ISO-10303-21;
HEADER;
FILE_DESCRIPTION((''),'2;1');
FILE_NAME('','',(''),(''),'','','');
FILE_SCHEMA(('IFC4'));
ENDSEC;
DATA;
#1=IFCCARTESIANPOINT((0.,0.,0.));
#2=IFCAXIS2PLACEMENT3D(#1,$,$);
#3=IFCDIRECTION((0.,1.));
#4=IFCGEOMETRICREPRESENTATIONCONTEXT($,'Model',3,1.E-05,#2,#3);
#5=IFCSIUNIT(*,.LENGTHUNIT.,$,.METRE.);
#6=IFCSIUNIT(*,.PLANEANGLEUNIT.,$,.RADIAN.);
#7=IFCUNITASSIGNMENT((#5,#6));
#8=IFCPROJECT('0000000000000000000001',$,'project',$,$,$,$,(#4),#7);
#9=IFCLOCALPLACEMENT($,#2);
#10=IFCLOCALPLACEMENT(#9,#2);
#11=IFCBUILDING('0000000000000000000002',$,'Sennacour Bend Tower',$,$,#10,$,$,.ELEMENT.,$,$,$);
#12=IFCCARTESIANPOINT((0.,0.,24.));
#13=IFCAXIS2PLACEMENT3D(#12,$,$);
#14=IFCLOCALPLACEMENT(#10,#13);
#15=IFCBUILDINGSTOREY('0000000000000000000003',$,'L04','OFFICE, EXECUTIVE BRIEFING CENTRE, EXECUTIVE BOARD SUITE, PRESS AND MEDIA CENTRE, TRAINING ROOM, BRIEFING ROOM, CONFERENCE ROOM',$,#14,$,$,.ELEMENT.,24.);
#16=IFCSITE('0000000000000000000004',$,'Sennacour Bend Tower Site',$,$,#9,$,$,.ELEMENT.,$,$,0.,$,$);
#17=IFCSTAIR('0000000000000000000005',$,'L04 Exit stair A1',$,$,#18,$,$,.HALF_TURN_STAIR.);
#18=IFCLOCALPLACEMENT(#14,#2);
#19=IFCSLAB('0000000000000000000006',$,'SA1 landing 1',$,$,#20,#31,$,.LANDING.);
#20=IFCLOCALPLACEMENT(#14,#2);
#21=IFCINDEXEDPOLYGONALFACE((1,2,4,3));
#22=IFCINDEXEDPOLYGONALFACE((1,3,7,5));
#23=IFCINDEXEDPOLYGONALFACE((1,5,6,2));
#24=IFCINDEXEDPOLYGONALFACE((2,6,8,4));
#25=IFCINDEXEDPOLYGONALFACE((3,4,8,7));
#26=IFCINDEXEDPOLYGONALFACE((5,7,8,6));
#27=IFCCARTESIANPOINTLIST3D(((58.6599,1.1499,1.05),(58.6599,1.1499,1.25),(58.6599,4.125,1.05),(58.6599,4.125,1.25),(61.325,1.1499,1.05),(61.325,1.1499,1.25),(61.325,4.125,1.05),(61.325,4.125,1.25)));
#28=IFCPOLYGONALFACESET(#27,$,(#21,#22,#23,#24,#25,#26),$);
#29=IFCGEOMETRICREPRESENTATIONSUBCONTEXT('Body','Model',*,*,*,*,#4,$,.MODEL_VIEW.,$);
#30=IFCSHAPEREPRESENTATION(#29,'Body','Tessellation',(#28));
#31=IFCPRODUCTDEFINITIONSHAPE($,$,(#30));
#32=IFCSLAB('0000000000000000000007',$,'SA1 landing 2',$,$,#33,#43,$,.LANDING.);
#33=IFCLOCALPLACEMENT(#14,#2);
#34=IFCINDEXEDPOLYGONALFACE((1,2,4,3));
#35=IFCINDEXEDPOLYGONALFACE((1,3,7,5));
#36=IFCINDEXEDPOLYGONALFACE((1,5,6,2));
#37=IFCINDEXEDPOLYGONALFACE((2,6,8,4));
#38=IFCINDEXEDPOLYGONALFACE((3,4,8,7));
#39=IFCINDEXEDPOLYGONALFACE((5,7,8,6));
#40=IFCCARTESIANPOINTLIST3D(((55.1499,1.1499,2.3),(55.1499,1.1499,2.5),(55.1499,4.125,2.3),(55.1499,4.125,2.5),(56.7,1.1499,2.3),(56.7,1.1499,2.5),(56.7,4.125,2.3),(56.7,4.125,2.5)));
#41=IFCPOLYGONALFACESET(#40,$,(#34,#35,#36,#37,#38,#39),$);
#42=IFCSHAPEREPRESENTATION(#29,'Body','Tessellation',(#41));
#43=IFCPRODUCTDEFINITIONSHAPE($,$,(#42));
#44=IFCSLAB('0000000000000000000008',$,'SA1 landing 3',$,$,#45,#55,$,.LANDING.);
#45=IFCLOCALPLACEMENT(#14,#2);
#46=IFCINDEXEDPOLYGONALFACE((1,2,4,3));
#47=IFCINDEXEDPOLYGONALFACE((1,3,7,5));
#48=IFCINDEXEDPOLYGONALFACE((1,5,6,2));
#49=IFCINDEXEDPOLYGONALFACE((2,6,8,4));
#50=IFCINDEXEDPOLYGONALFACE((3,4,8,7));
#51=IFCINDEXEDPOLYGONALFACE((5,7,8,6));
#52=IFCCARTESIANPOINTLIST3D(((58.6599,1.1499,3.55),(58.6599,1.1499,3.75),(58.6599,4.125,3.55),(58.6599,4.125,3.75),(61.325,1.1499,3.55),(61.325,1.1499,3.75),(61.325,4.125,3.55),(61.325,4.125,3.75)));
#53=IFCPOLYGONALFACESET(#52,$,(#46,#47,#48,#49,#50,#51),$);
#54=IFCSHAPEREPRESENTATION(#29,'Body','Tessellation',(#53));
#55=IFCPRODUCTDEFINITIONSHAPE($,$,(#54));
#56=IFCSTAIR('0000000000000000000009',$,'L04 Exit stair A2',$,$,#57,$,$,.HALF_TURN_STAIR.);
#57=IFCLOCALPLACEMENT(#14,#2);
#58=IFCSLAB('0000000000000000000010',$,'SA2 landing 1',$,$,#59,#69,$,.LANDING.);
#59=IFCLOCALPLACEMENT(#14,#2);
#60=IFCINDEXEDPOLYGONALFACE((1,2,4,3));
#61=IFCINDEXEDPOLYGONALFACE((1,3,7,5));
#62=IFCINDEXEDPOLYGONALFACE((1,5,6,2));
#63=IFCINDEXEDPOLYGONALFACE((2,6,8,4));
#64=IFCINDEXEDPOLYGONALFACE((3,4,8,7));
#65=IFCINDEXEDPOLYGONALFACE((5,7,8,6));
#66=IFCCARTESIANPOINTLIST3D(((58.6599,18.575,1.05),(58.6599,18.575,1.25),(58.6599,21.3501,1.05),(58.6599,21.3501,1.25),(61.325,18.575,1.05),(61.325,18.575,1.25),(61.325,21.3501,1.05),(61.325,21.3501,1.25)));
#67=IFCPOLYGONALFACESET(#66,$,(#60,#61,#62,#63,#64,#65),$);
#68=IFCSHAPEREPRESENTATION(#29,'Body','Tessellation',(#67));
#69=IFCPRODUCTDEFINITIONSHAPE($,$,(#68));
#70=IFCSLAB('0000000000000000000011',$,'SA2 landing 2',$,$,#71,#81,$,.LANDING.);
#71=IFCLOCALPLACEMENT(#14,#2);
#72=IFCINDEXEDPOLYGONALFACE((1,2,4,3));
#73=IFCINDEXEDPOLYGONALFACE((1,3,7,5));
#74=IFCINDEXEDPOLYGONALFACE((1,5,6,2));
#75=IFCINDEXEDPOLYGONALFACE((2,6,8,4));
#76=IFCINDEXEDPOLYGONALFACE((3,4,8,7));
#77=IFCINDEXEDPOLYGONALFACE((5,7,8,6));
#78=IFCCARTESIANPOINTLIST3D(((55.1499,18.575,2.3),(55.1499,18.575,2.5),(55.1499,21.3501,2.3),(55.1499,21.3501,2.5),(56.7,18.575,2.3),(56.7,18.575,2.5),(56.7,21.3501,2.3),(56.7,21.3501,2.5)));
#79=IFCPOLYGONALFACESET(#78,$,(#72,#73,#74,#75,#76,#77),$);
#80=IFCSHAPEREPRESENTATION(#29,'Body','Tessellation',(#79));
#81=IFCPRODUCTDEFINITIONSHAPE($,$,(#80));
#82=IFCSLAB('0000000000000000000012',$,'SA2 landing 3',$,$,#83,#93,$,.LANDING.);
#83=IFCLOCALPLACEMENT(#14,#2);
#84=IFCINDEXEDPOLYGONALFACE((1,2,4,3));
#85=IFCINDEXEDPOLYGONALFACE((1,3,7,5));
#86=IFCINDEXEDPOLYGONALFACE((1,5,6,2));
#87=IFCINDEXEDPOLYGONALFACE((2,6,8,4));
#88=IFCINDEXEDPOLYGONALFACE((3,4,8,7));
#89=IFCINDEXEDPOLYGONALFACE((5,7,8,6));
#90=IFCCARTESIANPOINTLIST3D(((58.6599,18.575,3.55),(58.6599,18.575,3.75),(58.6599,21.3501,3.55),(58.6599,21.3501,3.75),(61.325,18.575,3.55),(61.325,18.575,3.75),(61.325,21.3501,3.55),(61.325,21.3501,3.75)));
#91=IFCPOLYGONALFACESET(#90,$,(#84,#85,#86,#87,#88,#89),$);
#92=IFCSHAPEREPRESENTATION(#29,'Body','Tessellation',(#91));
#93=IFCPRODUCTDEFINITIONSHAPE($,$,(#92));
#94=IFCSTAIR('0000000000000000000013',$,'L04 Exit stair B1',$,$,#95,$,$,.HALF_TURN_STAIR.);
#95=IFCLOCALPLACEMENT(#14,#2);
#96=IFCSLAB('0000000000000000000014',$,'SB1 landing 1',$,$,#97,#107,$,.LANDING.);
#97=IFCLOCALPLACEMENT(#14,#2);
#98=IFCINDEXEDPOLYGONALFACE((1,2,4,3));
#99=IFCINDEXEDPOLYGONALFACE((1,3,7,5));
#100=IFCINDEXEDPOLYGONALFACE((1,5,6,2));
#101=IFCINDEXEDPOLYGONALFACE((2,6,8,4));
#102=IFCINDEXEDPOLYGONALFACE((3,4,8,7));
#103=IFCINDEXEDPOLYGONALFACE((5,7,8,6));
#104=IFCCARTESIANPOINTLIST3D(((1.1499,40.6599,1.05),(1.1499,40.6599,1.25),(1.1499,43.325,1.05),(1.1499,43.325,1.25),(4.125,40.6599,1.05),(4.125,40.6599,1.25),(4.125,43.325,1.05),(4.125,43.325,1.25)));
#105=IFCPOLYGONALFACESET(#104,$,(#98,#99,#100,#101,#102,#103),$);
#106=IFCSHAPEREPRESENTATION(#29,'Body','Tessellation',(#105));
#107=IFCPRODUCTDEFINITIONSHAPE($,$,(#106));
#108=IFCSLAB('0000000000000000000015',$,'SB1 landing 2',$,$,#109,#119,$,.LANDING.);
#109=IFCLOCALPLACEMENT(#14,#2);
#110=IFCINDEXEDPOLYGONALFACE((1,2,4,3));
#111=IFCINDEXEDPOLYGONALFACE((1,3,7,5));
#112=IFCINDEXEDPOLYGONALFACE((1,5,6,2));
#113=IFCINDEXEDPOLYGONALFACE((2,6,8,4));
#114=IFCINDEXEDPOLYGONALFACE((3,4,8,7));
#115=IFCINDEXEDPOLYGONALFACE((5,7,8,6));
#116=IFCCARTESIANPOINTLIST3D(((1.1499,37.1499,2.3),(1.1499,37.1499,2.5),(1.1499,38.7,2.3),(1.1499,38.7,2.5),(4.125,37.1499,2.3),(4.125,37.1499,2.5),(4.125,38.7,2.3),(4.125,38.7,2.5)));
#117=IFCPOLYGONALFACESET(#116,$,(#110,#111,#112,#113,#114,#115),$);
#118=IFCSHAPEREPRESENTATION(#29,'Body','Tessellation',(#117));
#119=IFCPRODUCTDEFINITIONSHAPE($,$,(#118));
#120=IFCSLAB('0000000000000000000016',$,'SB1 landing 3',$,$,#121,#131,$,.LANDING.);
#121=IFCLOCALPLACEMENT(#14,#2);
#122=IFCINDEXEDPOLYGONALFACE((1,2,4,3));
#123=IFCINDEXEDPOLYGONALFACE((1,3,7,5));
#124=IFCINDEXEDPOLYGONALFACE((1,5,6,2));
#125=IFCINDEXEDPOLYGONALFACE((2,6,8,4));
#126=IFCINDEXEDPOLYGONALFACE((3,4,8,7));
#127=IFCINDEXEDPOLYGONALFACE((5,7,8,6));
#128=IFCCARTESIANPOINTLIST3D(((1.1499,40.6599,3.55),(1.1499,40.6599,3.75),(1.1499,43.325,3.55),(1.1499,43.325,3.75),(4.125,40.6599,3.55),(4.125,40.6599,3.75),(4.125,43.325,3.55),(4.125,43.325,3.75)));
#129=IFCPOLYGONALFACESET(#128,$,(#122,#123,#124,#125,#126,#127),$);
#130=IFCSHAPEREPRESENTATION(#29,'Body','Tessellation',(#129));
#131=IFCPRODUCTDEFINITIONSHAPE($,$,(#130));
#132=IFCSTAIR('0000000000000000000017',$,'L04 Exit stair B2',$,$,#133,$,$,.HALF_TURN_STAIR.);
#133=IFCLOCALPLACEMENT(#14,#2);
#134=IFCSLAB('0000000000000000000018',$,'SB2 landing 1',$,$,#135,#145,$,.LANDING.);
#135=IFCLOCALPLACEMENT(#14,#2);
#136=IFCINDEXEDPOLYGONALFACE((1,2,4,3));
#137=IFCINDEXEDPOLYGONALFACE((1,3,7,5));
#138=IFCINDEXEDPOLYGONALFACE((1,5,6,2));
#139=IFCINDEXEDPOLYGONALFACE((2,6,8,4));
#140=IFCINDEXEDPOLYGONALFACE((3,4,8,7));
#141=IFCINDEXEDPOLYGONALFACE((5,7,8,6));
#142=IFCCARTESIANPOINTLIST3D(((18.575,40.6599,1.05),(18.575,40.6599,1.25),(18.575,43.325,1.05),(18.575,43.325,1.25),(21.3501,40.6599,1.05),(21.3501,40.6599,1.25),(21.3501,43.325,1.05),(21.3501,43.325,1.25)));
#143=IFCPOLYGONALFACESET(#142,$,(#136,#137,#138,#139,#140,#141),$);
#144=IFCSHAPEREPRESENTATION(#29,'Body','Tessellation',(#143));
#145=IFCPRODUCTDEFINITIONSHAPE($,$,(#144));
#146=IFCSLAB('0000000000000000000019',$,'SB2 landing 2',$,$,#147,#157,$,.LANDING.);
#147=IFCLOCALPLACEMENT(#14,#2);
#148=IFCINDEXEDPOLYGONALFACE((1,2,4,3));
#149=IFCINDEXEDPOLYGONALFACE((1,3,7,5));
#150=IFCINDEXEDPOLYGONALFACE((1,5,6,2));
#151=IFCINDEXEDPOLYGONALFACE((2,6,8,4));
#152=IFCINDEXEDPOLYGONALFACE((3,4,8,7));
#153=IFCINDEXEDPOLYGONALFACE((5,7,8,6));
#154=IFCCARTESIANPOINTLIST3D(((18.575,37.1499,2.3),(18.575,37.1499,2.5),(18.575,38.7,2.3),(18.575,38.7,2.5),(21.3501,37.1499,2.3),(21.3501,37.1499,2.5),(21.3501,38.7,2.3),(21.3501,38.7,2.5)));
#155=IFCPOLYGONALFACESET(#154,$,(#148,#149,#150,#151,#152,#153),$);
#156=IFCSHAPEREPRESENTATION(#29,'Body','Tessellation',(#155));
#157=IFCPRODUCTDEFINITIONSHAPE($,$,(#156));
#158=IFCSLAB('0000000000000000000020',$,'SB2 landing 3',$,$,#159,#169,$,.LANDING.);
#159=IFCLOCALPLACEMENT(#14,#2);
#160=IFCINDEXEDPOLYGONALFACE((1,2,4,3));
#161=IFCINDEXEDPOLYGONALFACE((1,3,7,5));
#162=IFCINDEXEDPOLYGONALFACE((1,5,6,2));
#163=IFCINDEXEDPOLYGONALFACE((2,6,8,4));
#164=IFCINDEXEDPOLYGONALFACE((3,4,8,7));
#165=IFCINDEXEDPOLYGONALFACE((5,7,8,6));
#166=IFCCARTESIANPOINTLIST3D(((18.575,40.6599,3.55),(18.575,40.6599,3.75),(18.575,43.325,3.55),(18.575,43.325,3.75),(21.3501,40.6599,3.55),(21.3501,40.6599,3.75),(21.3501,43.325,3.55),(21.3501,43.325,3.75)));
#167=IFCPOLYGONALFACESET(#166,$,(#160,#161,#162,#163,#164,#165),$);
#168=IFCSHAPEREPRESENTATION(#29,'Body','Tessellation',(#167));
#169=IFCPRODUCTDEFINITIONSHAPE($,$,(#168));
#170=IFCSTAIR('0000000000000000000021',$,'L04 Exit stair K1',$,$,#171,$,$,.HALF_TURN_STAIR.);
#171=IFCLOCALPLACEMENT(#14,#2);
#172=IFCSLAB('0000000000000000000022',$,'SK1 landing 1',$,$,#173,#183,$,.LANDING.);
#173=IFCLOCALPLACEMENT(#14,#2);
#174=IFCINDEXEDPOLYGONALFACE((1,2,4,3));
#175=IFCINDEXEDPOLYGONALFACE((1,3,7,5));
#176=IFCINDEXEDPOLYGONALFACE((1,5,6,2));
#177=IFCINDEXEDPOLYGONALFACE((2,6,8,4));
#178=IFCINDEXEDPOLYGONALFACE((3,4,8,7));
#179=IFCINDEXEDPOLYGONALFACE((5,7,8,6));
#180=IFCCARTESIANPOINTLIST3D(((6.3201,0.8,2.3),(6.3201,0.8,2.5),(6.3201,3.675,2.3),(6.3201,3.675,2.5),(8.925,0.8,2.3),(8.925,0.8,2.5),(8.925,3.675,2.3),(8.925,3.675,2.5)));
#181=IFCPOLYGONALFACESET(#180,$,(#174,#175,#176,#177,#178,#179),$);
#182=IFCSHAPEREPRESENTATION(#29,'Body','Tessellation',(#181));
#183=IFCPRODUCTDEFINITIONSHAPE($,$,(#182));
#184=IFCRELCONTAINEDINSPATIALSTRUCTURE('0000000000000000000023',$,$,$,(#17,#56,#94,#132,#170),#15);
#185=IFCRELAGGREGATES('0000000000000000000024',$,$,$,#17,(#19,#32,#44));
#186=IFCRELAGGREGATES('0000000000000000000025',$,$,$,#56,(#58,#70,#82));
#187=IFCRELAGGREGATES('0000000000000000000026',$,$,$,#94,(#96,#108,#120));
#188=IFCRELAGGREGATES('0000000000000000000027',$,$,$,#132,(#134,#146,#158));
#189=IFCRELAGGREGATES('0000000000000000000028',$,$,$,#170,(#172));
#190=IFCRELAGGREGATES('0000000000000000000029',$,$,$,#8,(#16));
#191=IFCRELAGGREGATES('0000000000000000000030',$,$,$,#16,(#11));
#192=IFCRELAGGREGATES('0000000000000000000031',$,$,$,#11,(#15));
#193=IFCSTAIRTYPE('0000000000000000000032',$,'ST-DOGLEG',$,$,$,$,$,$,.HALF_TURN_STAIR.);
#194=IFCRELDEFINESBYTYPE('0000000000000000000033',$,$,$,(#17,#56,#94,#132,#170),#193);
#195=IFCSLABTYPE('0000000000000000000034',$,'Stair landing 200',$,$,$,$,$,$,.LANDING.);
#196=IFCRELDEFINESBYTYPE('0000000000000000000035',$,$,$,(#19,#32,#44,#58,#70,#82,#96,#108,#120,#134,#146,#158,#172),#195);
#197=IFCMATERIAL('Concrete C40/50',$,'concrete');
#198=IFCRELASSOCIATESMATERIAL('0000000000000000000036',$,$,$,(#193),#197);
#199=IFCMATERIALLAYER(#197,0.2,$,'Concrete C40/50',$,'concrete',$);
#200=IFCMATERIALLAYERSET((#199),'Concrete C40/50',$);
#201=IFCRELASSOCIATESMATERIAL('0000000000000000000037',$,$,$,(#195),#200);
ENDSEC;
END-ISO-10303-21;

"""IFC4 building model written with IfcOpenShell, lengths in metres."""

from ifc_helpers import new_model, si_unit, direction, frame, origin, place, context, subcontext, project, spatial, polyline, outline, extrude, material, layer, layer_set, type_object, element, aggregate, save


model = new_model("IFC4")

# Units and contexts
model_context = context("Model", 3, precision=1e-05, world=origin(), true_north=direction((0.0, 1.0)))
body_context = subcontext(model_context, "Body", "Model", "MODEL_VIEW")
ifc_project = project(units=[si_unit("LENGTHUNIT", "METRE"), si_unit("PLANEANGLEUNIT", "RADIAN")], contexts=[model_context])

# Site, building, storey
site_placement = place(None, origin())
site = spatial("IfcSite", under=ifc_project, at=site_placement, Name="Sennacour Bend Tower Site", CompositionType="ELEMENT", RefElevation=0.0)
building_placement = place(site_placement, origin())
building = spatial("IfcBuilding", under=site, at=building_placement, Name="Sennacour Bend Tower", CompositionType="ELEMENT")
storey_placement = place(building_placement, frame((0.0, 0.0, 24.0)))
storey = spatial("IfcBuildingStorey", under=building, at=storey_placement, Name="L04", Description="OFFICE, EXECUTIVE BRIEFING CENTRE, EXECUTIVE BOARD SUITE, PRESS AND MEDIA CENTRE, TRAINING ROOM, BRIEFING ROOM, CONFERENCE ROOM", CompositionType="ELEMENT", Elevation=24.0)

# Shared definitions
ifc_material_1 = material(Name="Concrete C40/50", Category="concrete")

# Stairs, slabs
stair_type = type_object("IfcStairType", Name="ST-DOGLEG", PredefinedType="HALF_TURN_STAIR", material=ifc_material_1)
stair_1_placement = place(storey_placement, origin())
stair_1 = element("IfcStair", 1, at=stair_1_placement, inside=storey, type_object=stair_type, Name="L04 Exit stair A1", PredefinedType="HALF_TURN_STAIR")
ifc_layer_1 = layer(ifc_material_1, 0.2, Name="Concrete C40/50", Category="concrete")
ifc_layer_set_1 = layer_set([ifc_layer_1], Name="Concrete C40/50")
slab_type_1 = type_object("IfcSlabType", Name="Stair landing 200", PredefinedType="LANDING", material=ifc_layer_set_1)
slab_1_placement = place(storey_placement, frame((0.0, 0.0, 1.05)))
slab_1 = element("IfcSlab", 2, at=slab_1_placement, type_object=slab_type_1, Name="SA1 landing 1", PredefinedType="LANDING", context=body_context, shape_type="SweptSolid", body=[
    extrude(outline(polyline([(58.6599, 1.1499), (61.325, 1.1499), (61.325, 4.125), (58.6599, 4.125), (58.6599, 1.1499)])), origin(), (0.0, 0.0, 1.0), 0.2),
])
slab_2_placement = place(storey_placement, frame((0.0, 0.0, 2.3)))
slab_2 = element("IfcSlab", 3, at=slab_2_placement, type_object=slab_type_1, Name="SA1 landing 2", PredefinedType="LANDING", context=body_context, shape_type="SweptSolid", body=[
    extrude(outline(polyline([(55.1499, 1.1499), (56.7, 1.1499), (56.7, 4.125), (55.1499, 4.125), (55.1499, 1.1499)])), origin(), (0.0, 0.0, 1.0), 0.2),
])
slab_3_placement = place(storey_placement, frame((0.0, 0.0, 3.55)))
slab_3 = element("IfcSlab", 4, at=slab_3_placement, type_object=slab_type_1, Name="SA1 landing 3", PredefinedType="LANDING", context=body_context, shape_type="SweptSolid", body=[
    extrude(outline(polyline([(58.6599, 1.1499), (61.325, 1.1499), (61.325, 4.125), (58.6599, 4.125), (58.6599, 1.1499)])), origin(), (0.0, 0.0, 1.0), 0.2),
])
aggregate(stair_1, [slab_1, slab_2, slab_3])
stair_2_placement = place(storey_placement, origin())
stair_2 = element("IfcStair", 5, at=stair_2_placement, inside=storey, type_object=stair_type, Name="L04 Exit stair A2", PredefinedType="HALF_TURN_STAIR")
slab_4_placement = place(storey_placement, frame((0.0, 0.0, 1.05)))
slab_4 = element("IfcSlab", 6, at=slab_4_placement, type_object=slab_type_1, Name="SA2 landing 1", PredefinedType="LANDING", context=body_context, shape_type="SweptSolid", body=[
    extrude(outline(polyline([(58.6599, 18.575), (61.325, 18.575), (61.325, 21.3501), (58.6599, 21.3501), (58.6599, 18.575)])), origin(), (0.0, 0.0, 1.0), 0.2),
])
slab_5_placement = place(storey_placement, frame((0.0, 0.0, 2.3)))
slab_5 = element("IfcSlab", 7, at=slab_5_placement, type_object=slab_type_1, Name="SA2 landing 2", PredefinedType="LANDING", context=body_context, shape_type="SweptSolid", body=[
    extrude(outline(polyline([(55.1499, 18.575), (56.7, 18.575), (56.7, 21.3501), (55.1499, 21.3501), (55.1499, 18.575)])), origin(), (0.0, 0.0, 1.0), 0.2),
])
slab_6_placement = place(storey_placement, frame((0.0, 0.0, 3.55)))
slab_6 = element("IfcSlab", 8, at=slab_6_placement, type_object=slab_type_1, Name="SA2 landing 3", PredefinedType="LANDING", context=body_context, shape_type="SweptSolid", body=[
    extrude(outline(polyline([(58.6599, 18.575), (61.325, 18.575), (61.325, 21.3501), (58.6599, 21.3501), (58.6599, 18.575)])), origin(), (0.0, 0.0, 1.0), 0.2),
])
aggregate(stair_2, [slab_4, slab_5, slab_6])
stair_3_placement = place(storey_placement, origin())
stair_3 = element("IfcStair", 9, at=stair_3_placement, inside=storey, type_object=stair_type, Name="L04 Exit stair B1", PredefinedType="HALF_TURN_STAIR")
slab_7_placement = place(storey_placement, frame((0.0, 0.0, 1.05)))
slab_7 = element("IfcSlab", 10, at=slab_7_placement, type_object=slab_type_1, Name="SB1 landing 1", PredefinedType="LANDING", context=body_context, shape_type="SweptSolid", body=[
    extrude(outline(polyline([(1.1499, 40.6599), (4.125, 40.6599), (4.125, 43.325), (1.1499, 43.325), (1.1499, 40.6599)])), origin(), (0.0, 0.0, 1.0), 0.2),
])
slab_8_placement = place(storey_placement, frame((0.0, 0.0, 2.3)))
slab_8 = element("IfcSlab", 11, at=slab_8_placement, type_object=slab_type_1, Name="SB1 landing 2", PredefinedType="LANDING", context=body_context, shape_type="SweptSolid", body=[
    extrude(outline(polyline([(1.1499, 37.1499), (4.125, 37.1499), (4.125, 38.7), (1.1499, 38.7), (1.1499, 37.1499)])), origin(), (0.0, 0.0, 1.0), 0.2),
])
slab_9_placement = place(storey_placement, frame((0.0, 0.0, 3.55)))
slab_9 = element("IfcSlab", 12, at=slab_9_placement, type_object=slab_type_1, Name="SB1 landing 3", PredefinedType="LANDING", context=body_context, shape_type="SweptSolid", body=[
    extrude(outline(polyline([(1.1499, 40.6599), (4.125, 40.6599), (4.125, 43.325), (1.1499, 43.325), (1.1499, 40.6599)])), origin(), (0.0, 0.0, 1.0), 0.2),
])
aggregate(stair_3, [slab_7, slab_8, slab_9])
stair_4_placement = place(storey_placement, origin())
stair_4 = element("IfcStair", 13, at=stair_4_placement, inside=storey, type_object=stair_type, Name="L04 Exit stair B2", PredefinedType="HALF_TURN_STAIR")
slab_10_placement = place(storey_placement, frame((0.0, 0.0, 1.05)))
slab_10 = element("IfcSlab", 14, at=slab_10_placement, type_object=slab_type_1, Name="SB2 landing 1", PredefinedType="LANDING", context=body_context, shape_type="SweptSolid", body=[
    extrude(outline(polyline([(18.575, 40.6599), (21.3501, 40.6599), (21.3501, 43.325), (18.575, 43.325), (18.575, 40.6599)])), origin(), (0.0, 0.0, 1.0), 0.2),
])
slab_11_placement = place(storey_placement, frame((0.0, 0.0, 2.3)))
slab_11 = element("IfcSlab", 15, at=slab_11_placement, type_object=slab_type_1, Name="SB2 landing 2", PredefinedType="LANDING", context=body_context, shape_type="SweptSolid", body=[
    extrude(outline(polyline([(18.575, 37.1499), (21.3501, 37.1499), (21.3501, 38.7), (18.575, 38.7), (18.575, 37.1499)])), origin(), (0.0, 0.0, 1.0), 0.2),
])
slab_12_placement = place(storey_placement, frame((0.0, 0.0, 3.55)))
slab_12 = element("IfcSlab", 16, at=slab_12_placement, type_object=slab_type_1, Name="SB2 landing 3", PredefinedType="LANDING", context=body_context, shape_type="SweptSolid", body=[
    extrude(outline(polyline([(18.575, 40.6599), (21.3501, 40.6599), (21.3501, 43.325), (18.575, 43.325), (18.575, 40.6599)])), origin(), (0.0, 0.0, 1.0), 0.2),
])
aggregate(stair_4, [slab_10, slab_11, slab_12])

# Stair, slab
stair_5_placement = place(storey_placement, origin())
stair_5 = element("IfcStair", 17, at=stair_5_placement, inside=storey, type_object=stair_type, Name="L04 Exit stair K1", PredefinedType="HALF_TURN_STAIR")
slab_13_placement = place(storey_placement, frame((0.0, 0.0, 2.3)))
slab_13 = element("IfcSlab", 18, at=slab_13_placement, type_object=slab_type_1, Name="SK1 landing 1", PredefinedType="LANDING", context=body_context, shape_type="SweptSolid", body=[
    extrude(outline(polyline([(6.3201, 0.8), (8.925, 0.8), (8.925, 3.675), (6.3201, 3.675), (6.3201, 0.8)])), origin(), (0.0, 0.0, 1.0), 0.2),
])
aggregate(stair_5, [slab_13])

save(model, "model.ifc")
